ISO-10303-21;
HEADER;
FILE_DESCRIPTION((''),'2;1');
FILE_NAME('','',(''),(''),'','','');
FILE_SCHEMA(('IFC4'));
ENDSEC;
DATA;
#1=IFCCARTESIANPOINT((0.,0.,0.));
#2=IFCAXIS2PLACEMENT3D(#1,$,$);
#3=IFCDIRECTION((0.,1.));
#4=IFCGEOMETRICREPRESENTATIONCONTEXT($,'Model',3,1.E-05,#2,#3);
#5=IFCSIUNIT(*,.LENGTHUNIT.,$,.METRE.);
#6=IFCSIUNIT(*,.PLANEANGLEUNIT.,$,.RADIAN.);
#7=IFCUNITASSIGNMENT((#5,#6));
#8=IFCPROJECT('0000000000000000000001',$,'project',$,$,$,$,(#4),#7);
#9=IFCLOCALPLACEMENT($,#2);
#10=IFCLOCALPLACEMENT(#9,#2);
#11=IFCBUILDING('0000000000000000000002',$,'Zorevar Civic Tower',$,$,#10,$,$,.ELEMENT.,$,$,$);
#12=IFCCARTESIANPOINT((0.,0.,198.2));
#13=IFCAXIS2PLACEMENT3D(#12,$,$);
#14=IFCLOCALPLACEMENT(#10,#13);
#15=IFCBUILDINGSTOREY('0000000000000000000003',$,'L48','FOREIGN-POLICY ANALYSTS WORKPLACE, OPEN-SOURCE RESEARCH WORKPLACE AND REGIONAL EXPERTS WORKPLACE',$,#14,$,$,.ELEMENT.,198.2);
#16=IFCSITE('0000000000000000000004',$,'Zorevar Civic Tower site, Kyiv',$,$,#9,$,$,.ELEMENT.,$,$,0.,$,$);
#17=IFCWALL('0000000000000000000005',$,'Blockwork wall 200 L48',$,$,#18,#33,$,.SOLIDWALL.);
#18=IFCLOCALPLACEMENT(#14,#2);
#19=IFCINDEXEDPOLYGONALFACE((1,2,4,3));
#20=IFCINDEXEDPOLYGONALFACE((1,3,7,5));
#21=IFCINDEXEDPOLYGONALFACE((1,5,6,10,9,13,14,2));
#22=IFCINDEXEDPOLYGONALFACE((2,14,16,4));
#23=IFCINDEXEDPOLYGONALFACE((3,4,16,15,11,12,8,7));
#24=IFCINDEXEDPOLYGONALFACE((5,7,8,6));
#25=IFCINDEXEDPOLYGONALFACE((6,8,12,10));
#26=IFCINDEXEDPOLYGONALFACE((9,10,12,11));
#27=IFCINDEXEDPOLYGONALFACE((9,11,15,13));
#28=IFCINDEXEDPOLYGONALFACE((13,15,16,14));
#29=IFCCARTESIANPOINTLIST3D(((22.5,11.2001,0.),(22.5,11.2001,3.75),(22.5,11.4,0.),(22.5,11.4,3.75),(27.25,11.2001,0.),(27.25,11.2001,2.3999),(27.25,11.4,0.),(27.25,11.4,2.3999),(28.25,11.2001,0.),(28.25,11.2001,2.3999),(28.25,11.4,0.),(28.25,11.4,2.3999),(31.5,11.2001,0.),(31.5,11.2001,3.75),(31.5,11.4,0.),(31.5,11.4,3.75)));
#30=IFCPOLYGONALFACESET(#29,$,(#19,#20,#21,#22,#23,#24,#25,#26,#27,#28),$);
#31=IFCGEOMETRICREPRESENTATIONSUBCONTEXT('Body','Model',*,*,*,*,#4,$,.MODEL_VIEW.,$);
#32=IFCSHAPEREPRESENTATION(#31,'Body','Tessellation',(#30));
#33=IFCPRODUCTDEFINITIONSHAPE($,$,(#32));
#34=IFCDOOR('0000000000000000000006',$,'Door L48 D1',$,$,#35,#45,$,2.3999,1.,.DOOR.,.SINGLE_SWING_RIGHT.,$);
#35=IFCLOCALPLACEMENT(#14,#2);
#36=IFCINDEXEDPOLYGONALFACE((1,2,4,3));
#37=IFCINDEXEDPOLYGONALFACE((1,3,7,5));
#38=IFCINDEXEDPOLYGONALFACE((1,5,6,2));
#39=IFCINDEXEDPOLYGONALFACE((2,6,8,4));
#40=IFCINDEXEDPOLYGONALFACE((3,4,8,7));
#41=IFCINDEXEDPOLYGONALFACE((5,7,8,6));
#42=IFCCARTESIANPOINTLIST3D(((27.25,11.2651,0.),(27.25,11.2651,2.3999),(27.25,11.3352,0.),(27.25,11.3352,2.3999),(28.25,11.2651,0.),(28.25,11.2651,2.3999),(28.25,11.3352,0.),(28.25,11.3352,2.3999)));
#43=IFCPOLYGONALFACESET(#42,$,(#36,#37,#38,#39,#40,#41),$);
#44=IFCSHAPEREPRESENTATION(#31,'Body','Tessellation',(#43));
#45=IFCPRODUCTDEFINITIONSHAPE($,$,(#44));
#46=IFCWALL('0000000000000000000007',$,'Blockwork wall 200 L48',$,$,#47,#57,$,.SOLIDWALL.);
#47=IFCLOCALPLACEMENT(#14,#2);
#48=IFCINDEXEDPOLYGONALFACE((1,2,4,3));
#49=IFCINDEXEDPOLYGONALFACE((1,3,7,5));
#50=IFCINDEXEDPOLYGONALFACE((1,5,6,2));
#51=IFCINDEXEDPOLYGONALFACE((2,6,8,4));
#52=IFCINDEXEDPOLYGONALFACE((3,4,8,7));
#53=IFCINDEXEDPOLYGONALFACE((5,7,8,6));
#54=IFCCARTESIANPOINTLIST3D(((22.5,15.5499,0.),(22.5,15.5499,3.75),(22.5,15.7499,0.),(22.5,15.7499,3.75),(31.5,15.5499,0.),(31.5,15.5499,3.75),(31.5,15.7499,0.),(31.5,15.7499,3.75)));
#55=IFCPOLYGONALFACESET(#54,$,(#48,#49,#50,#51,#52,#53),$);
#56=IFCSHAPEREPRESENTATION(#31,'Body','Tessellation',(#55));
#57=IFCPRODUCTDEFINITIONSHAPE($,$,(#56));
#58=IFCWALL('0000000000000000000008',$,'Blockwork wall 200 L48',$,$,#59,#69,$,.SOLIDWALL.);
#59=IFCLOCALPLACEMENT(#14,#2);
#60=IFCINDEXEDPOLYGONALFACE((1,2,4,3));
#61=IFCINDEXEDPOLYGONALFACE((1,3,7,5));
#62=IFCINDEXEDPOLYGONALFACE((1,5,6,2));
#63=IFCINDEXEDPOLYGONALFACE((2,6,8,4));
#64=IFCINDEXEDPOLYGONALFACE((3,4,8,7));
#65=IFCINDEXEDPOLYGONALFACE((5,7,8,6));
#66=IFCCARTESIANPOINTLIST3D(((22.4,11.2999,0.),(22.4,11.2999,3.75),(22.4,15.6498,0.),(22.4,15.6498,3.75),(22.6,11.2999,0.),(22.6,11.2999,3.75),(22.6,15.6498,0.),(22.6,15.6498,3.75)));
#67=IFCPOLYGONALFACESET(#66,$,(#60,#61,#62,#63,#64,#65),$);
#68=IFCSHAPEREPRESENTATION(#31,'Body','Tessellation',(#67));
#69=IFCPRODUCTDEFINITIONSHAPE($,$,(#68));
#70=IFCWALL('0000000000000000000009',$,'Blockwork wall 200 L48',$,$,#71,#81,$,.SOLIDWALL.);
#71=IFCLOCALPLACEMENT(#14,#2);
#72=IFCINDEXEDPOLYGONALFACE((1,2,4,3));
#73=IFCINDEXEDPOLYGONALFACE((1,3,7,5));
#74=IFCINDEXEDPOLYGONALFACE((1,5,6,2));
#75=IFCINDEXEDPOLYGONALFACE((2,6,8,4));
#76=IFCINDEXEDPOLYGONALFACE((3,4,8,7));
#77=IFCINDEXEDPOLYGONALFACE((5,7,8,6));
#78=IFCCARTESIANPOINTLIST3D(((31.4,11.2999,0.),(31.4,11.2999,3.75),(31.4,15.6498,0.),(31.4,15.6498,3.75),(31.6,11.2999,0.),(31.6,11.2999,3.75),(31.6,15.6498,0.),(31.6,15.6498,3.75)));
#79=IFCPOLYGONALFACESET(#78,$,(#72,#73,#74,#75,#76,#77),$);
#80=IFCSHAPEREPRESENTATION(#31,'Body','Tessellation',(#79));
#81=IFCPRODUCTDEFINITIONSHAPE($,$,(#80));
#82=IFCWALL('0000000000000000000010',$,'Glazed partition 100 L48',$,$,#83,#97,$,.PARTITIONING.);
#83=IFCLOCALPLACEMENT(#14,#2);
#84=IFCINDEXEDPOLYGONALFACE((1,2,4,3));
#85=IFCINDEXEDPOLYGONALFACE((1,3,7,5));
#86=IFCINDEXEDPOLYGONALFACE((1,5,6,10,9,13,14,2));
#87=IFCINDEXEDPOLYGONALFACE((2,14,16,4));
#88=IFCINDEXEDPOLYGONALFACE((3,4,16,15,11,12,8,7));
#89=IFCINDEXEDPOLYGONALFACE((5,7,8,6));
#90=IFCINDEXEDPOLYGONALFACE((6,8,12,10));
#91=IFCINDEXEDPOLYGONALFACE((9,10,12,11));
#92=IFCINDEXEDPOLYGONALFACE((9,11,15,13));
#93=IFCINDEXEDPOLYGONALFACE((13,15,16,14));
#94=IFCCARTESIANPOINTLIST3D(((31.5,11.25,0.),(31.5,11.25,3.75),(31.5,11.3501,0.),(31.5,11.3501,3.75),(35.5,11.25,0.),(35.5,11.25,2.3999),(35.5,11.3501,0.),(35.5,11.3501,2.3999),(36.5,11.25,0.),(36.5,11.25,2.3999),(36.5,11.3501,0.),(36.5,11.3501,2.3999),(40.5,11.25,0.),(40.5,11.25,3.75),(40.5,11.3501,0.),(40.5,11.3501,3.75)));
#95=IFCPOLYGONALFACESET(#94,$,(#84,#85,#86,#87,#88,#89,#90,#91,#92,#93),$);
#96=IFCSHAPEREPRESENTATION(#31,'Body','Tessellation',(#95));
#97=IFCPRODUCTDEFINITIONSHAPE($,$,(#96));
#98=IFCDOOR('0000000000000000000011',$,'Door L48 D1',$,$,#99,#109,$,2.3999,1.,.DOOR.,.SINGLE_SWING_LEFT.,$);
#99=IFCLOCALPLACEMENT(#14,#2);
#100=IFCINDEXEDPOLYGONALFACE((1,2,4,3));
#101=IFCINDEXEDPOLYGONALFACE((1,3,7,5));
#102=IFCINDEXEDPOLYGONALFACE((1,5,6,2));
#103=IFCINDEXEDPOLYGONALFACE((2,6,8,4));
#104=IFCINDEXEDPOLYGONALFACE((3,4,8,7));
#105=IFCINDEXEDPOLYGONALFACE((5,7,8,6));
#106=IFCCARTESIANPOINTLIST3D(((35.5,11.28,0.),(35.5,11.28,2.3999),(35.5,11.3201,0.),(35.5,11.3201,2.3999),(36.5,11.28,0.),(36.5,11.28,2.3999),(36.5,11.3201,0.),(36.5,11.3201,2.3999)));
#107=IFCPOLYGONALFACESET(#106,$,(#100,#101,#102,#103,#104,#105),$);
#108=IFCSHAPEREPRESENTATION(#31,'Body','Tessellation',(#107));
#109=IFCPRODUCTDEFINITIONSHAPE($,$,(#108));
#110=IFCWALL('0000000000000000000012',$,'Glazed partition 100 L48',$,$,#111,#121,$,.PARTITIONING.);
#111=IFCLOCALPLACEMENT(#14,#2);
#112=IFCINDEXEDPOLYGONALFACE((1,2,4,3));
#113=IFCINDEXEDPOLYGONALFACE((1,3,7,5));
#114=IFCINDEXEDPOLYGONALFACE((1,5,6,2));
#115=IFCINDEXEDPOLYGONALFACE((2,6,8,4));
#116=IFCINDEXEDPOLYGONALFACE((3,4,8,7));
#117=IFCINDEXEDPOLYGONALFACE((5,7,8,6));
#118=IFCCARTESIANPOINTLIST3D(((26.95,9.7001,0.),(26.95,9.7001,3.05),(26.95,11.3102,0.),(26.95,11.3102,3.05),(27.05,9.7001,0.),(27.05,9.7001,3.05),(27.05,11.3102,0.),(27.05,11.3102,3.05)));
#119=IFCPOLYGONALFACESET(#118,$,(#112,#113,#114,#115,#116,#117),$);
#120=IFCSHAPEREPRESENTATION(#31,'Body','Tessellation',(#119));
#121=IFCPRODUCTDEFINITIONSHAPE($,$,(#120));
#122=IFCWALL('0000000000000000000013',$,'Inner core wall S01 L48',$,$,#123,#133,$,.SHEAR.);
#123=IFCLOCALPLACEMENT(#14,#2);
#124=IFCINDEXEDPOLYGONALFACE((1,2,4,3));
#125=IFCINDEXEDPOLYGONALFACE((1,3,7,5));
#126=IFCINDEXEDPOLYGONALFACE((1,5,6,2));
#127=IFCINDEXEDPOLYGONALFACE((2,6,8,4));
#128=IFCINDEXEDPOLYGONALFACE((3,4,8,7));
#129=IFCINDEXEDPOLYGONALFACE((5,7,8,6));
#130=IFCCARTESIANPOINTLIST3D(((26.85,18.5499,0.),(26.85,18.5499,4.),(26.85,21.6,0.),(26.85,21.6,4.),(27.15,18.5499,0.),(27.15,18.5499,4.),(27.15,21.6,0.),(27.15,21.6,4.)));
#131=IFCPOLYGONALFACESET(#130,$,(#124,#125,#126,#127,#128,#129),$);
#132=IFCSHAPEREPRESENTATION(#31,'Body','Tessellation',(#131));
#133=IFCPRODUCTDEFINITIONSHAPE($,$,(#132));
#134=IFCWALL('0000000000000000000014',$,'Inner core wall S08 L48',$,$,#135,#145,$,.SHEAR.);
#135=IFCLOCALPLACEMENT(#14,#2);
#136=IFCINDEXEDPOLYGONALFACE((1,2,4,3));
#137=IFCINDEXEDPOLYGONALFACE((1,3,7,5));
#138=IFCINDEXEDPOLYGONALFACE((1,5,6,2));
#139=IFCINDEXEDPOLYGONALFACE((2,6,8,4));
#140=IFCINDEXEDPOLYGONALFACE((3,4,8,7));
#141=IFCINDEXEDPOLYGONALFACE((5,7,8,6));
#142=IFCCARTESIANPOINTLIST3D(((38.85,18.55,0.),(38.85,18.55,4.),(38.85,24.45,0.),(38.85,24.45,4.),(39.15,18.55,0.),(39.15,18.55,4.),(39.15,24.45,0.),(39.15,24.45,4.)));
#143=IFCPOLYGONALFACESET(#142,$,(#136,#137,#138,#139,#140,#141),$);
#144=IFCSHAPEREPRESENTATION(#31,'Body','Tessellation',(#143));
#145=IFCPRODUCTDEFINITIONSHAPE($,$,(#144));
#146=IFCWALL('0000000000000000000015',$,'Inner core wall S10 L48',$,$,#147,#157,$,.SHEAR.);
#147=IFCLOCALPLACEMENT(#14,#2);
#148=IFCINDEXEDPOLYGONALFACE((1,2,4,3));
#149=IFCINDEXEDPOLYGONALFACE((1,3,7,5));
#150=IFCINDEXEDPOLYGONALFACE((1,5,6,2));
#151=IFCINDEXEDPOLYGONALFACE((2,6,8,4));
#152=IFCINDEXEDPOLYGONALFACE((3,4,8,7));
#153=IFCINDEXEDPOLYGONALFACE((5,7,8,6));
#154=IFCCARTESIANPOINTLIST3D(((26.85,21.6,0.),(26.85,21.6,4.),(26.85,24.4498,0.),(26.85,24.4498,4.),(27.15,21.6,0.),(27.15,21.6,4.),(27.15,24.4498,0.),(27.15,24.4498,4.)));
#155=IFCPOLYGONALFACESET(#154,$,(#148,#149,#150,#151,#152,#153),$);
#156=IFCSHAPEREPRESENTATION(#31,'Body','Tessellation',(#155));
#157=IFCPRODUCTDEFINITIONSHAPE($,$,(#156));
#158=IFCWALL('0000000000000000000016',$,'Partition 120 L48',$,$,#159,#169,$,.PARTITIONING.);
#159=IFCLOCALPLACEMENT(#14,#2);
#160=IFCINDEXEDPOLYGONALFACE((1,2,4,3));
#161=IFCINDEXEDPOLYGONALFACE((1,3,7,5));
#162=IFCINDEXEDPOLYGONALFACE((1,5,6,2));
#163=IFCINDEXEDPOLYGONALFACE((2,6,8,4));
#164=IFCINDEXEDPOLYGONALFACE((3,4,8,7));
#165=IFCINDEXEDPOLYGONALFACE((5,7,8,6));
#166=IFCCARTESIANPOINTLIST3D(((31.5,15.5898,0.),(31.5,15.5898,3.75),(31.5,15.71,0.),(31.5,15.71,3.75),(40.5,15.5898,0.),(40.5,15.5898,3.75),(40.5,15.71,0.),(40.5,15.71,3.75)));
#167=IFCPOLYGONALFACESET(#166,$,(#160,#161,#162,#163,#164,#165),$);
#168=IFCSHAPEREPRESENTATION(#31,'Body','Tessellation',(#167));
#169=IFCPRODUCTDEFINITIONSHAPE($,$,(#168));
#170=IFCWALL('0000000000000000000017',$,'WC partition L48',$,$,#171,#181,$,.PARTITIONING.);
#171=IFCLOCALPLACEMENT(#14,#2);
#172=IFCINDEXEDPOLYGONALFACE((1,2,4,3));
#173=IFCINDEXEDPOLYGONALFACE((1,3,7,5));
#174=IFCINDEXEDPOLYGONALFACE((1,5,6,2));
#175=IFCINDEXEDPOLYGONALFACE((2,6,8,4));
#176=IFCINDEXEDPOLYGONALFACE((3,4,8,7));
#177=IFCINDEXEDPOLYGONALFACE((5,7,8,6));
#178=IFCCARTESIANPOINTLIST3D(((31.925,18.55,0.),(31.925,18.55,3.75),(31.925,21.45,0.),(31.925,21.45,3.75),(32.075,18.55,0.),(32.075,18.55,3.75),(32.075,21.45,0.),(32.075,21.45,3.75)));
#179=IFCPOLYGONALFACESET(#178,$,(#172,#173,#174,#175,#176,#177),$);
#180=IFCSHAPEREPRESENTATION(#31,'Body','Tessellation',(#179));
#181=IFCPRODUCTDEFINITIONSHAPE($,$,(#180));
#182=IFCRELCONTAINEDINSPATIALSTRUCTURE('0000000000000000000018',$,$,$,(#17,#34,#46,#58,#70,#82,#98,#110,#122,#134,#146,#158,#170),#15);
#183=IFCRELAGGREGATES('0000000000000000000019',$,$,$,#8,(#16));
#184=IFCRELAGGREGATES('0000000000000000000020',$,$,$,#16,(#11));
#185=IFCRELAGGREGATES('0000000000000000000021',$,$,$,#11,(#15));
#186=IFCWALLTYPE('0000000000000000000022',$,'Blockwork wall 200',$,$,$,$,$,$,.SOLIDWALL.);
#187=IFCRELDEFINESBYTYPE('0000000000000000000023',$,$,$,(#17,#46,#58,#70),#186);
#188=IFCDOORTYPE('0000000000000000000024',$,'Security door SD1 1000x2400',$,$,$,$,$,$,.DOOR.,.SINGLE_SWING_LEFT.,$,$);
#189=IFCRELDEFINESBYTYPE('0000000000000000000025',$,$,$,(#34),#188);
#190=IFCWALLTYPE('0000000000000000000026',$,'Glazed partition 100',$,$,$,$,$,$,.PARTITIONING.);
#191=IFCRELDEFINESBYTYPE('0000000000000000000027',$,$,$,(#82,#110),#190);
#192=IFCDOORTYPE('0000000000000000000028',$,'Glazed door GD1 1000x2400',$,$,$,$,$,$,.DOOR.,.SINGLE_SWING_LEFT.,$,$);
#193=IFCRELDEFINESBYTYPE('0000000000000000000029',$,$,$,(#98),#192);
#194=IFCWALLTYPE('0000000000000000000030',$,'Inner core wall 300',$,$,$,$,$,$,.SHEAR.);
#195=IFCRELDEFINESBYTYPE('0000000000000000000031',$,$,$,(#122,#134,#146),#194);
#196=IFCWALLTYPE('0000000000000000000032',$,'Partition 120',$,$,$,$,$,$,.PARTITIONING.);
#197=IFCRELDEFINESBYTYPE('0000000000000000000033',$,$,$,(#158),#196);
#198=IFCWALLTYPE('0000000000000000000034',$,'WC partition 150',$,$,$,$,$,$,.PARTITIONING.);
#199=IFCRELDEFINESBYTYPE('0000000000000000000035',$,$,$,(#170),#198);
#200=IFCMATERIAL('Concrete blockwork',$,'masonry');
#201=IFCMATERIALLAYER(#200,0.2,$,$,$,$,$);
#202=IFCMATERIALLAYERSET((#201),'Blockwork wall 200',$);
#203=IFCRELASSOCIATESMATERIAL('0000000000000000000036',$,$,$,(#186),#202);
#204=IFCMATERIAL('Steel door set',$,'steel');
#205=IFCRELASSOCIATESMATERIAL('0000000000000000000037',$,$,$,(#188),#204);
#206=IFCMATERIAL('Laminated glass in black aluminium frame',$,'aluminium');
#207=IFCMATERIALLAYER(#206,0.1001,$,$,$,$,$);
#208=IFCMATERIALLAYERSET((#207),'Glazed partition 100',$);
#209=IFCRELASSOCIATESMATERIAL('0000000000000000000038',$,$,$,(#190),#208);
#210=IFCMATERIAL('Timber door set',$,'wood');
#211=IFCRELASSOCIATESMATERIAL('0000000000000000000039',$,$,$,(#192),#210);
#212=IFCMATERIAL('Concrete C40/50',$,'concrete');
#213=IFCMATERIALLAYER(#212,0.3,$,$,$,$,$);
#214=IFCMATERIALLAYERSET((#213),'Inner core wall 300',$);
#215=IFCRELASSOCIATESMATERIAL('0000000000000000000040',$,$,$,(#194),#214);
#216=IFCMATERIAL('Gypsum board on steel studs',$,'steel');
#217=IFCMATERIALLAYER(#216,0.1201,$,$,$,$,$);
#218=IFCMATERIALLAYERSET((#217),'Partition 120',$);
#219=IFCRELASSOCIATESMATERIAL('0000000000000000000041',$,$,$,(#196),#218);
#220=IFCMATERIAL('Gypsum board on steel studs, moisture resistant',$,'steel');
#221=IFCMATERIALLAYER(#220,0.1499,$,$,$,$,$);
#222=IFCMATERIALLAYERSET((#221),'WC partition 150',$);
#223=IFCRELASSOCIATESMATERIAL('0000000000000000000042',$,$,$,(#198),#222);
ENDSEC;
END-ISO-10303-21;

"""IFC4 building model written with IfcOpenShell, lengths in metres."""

from ifc_helpers import new_model, si_unit, direction, frame, frame_2d, origin, place, context, subcontext, project, spatial, rectangle, extrude, material, layer, layer_set, type_object, element, fill, save


model = new_model("IFC4")

# Units and contexts
model_context = context("Model", 3, precision=1e-05, world=origin(), true_north=direction((0.0, 1.0)))
body_context = subcontext(model_context, "Body", "Model", "MODEL_VIEW")
ifc_project = project(units=[si_unit("LENGTHUNIT", "METRE"), si_unit("PLANEANGLEUNIT", "RADIAN")], contexts=[model_context])

# Site, building, storey
site_placement = place(None, origin())
site = spatial("IfcSite", under=ifc_project, at=site_placement, Name="Zorevar Civic Tower site, Kyiv", CompositionType="ELEMENT", RefElevation=0.0)
building_placement = place(site_placement, origin())
building = spatial("IfcBuilding", under=site, at=building_placement, Name="Zorevar Civic Tower", CompositionType="ELEMENT")
storey_placement = place(building_placement, frame((0.0, 0.0, 198.2)))
storey = spatial("IfcBuildingStorey", under=building, at=storey_placement, Name="L48", Description="FOREIGN-POLICY ANALYSTS WORKPLACE, OPEN-SOURCE RESEARCH WORKPLACE AND REGIONAL EXPERTS WORKPLACE", CompositionType="ELEMENT", Elevation=198.2)

# Wall, opening, door
ifc_material_1 = material(Name="Concrete blockwork", Category="masonry")
ifc_layer_1 = layer(ifc_material_1, 0.2)
ifc_layer_set_1 = layer_set([ifc_layer_1], Name="Blockwork wall 200")
wall_type_1 = type_object("IfcWallType", Name="Blockwork wall 200", PredefinedType="SOLIDWALL", material=ifc_layer_set_1)
wall_1_placement = place(storey_placement, frame((22.5, 11.3, 0.0), z_axis=(0.0, 0.0, 1.0), x_axis=(1.0, 0.0, 0.0)))
wall_1 = element("IfcWall", 1, at=wall_1_placement, inside=storey, type_object=wall_type_1, Name="Blockwork wall 200 L48", PredefinedType="SOLIDWALL", context=body_context, shape_type="SweptSolid", body=[
    extrude(rectangle(XDim=9.0, YDim=0.2, at=frame_2d((4.5, 0.0))), origin(), (0.0, 0.0, 1.0), 3.75),
])
opening_1_placement = place(wall_1_placement, frame((4.75, 0.0, 0.0)))
opening_1 = element("IfcOpeningElement", 2, at=opening_1_placement, cuts=wall_1, PredefinedType="OPENING", context=body_context, shape_type="SweptSolid", body=[
    extrude(rectangle(XDim=1.0, YDim=2.3999, at=frame_2d((0.5, 1.2))), frame((0.0, 0.1099, 0.0), z_axis=(0.0, -1.0, 0.0), x_axis=(1.0, 0.0, 0.0)), (0.0, 0.0, 1.0), 0.22),
])
ifc_material_2 = material(Name="Steel door set", Category="steel")
door_type_1 = type_object("IfcDoorType", Name="Security door SD1 1000x2400", OperationType="SINGLE_SWING_LEFT", PredefinedType="DOOR", material=ifc_material_2)
door_1_placement = place(opening_1_placement, origin())
door_1 = element("IfcDoor", 3, at=door_1_placement, inside=storey, type_object=door_type_1, Name="Door L48 D1", OperationType="SINGLE_SWING_RIGHT", OverallHeight=2.3999, OverallWidth=1.0, PredefinedType="DOOR", context=body_context, shape_type="SweptSolid", body=[
    extrude(rectangle(XDim=1.0, YDim=2.3999, at=frame_2d((0.5, 1.2))), frame((0.0, 0.0352, 0.0), z_axis=(0.0, -1.0, 0.0), x_axis=(1.0, 0.0, 0.0)), (0.0, 0.0, 1.0), 0.0701),
])
fill(opening_1, door_1)

# Walls
wall_2_placement = place(storey_placement, frame((22.5, 15.6499, 0.0), z_axis=(0.0, 0.0, 1.0), x_axis=(1.0, 0.0, 0.0)))
element("IfcWall", 4, at=wall_2_placement, inside=storey, type_object=wall_type_1, Name="Blockwork wall 200 L48", PredefinedType="SOLIDWALL", context=body_context, shape_type="SweptSolid", body=[
    extrude(rectangle(XDim=9.0, YDim=0.2, at=frame_2d((4.5, 0.0))), origin(), (0.0, 0.0, 1.0), 3.75),
])
for number, where, z_axis, x_axis, name in (
    (5, (22.5, 11.3, 0.0), (0.0, 0.0, 1.0), (0.0, 1.0, 0.0), "Blockwork wall 200 L48"),
    (6, (31.5, 11.3, 0.0), (0.0, 0.0, 1.0), (0.0, 1.0, 0.0), "Blockwork wall 200 L48"),
):
    element("IfcWall", number, at=place(storey_placement, frame(where, z_axis=z_axis, x_axis=x_axis)), inside=storey, type_object=wall_type_1, Name=name, PredefinedType="SOLIDWALL", context=body_context, shape_type="SweptSolid", body=[
        extrude(rectangle(XDim=4.3499, YDim=0.2, at=frame_2d((2.1748, 0.0))), origin(), (0.0, 0.0, 1.0), 3.75),
    ])

# Wall, opening, door
ifc_material_3 = material(Name="Laminated glass in black aluminium frame", Category="aluminium")
ifc_layer_2 = layer(ifc_material_3, 0.1001)
ifc_layer_set_2 = layer_set([ifc_layer_2], Name="Glazed partition 100")
wall_type_2 = type_object("IfcWallType", Name="Glazed partition 100", PredefinedType="PARTITIONING", material=ifc_layer_set_2)
wall_3_placement = place(storey_placement, frame((31.5, 11.3, 0.0), z_axis=(0.0, 0.0, 1.0), x_axis=(1.0, 0.0, 0.0)))
wall_3 = element("IfcWall", 7, at=wall_3_placement, inside=storey, type_object=wall_type_2, Name="Glazed partition 100 L48", PredefinedType="PARTITIONING", context=body_context, shape_type="SweptSolid", body=[
    extrude(rectangle(XDim=9.0, YDim=0.1001, at=frame_2d((4.5, 0.0))), origin(), (0.0, 0.0, 1.0), 3.75),
])
opening_2_placement = place(wall_3_placement, frame((4.0, 0.0, 0.0)))
opening_2 = element("IfcOpeningElement", 8, at=opening_2_placement, cuts=wall_3, PredefinedType="OPENING", context=body_context, shape_type="SweptSolid", body=[
    extrude(rectangle(XDim=1.0, YDim=2.3999, at=frame_2d((0.5, 1.2))), frame((0.0, 0.0601, 0.0), z_axis=(0.0, -1.0, 0.0), x_axis=(1.0, 0.0, 0.0)), (0.0, 0.0, 1.0), 0.1201),
])
ifc_material_4 = material(Name="Timber door set", Category="wood")
door_type_2 = type_object("IfcDoorType", Name="Glazed door GD1 1000x2400", OperationType="SINGLE_SWING_LEFT", PredefinedType="DOOR", material=ifc_material_4)
door_2_placement = place(opening_2_placement, origin())
door_2 = element("IfcDoor", 9, at=door_2_placement, inside=storey, type_object=door_type_2, Name="Door L48 D1", OperationType="SINGLE_SWING_LEFT", OverallHeight=2.3999, OverallWidth=1.0, PredefinedType="DOOR", context=body_context, shape_type="SweptSolid", body=[
    extrude(rectangle(XDim=1.0, YDim=2.3999, at=frame_2d((0.5, 1.2))), frame((0.0, 0.02, 0.0), z_axis=(0.0, -1.0, 0.0), x_axis=(1.0, 0.0, 0.0)), (0.0, 0.0, 1.0), 0.04),
])
fill(opening_2, door_2)

# Walls
wall_4_placement = place(storey_placement, frame((27.0, 9.7, 0.0), z_axis=(0.0, 0.0, 1.0), x_axis=(0.0, 1.0, 0.0)))
element("IfcWall", 10, at=wall_4_placement, inside=storey, type_object=wall_type_2, Name="Glazed partition 100 L48", PredefinedType="PARTITIONING", context=body_context, shape_type="SweptSolid", body=[
    extrude(rectangle(XDim=1.6101, YDim=0.1001, at=frame_2d((0.8052, 0.0))), origin(), (0.0, 0.0, 1.0), 3.05),
])
ifc_material_5 = material(Name="Concrete C40/50", Category="concrete")
ifc_layer_3 = layer(ifc_material_5, 0.3)
ifc_layer_set_3 = layer_set([ifc_layer_3], Name="Inner core wall 300")
wall_type_3 = type_object("IfcWallType", Name="Inner core wall 300", PredefinedType="SHEAR", material=ifc_layer_set_3)
wall_5_placement = place(storey_placement, frame((27.0, 18.55, 0.0), z_axis=(0.0, 0.0, 1.0), x_axis=(0.0, 1.0, 0.0)))
element("IfcWall", 11, at=wall_5_placement, inside=storey, type_object=wall_type_3, Name="Inner core wall S01 L48", PredefinedType="SHEAR", context=body_context, shape_type="SweptSolid", body=[
    extrude(rectangle(XDim=3.05, YDim=0.3, at=frame_2d((1.5249, 0.0))), origin(), (0.0, 0.0, 1.0), 4.0),
])
wall_6_placement = place(storey_placement, frame((39.0, 18.55, 0.0), z_axis=(0.0, 0.0, 1.0), x_axis=(0.0, 1.0, 0.0)))
element("IfcWall", 12, at=wall_6_placement, inside=storey, type_object=wall_type_3, Name="Inner core wall S08 L48", PredefinedType="SHEAR", context=body_context, shape_type="SweptSolid", body=[
    extrude(rectangle(XDim=5.8999, YDim=0.3, at=frame_2d((2.95, 0.0))), origin(), (0.0, 0.0, 1.0), 4.0),
])
wall_7_placement = place(storey_placement, frame((27.0, 21.6001, 0.0), z_axis=(0.0, 0.0, 1.0), x_axis=(0.0, 1.0, 0.0)))
element("IfcWall", 13, at=wall_7_placement, inside=storey, type_object=wall_type_3, Name="Inner core wall S10 L48", PredefinedType="SHEAR", context=body_context, shape_type="SweptSolid", body=[
    extrude(rectangle(XDim=2.8499, YDim=0.3, at=frame_2d((1.4248, 0.0))), origin(), (0.0, 0.0, 1.0), 4.0),
])
ifc_material_6 = material(Name="Gypsum board on steel studs", Category="steel")
ifc_layer_4 = layer(ifc_material_6, 0.1201)
ifc_layer_set_4 = layer_set([ifc_layer_4], Name="Partition 120")
wall_type_4 = type_object("IfcWallType", Name="Partition 120", PredefinedType="PARTITIONING", material=ifc_layer_set_4)
wall_8_placement = place(storey_placement, frame((31.5, 15.6499, 0.0), z_axis=(0.0, 0.0, 1.0), x_axis=(1.0, 0.0, 0.0)))
element("IfcWall", 14, at=wall_8_placement, inside=storey, type_object=wall_type_4, Name="Partition 120 L48", PredefinedType="PARTITIONING", context=body_context, shape_type="SweptSolid", body=[
    extrude(rectangle(XDim=9.0, YDim=0.1201, at=frame_2d((4.5, 0.0))), origin(), (0.0, 0.0, 1.0), 3.75),
])
ifc_material_7 = material(Name="Gypsum board on steel studs, moisture resistant", Category="steel")
ifc_layer_5 = layer(ifc_material_7, 0.1499)
ifc_layer_set_5 = layer_set([ifc_layer_5], Name="WC partition 150")
wall_type_5 = type_object("IfcWallType", Name="WC partition 150", PredefinedType="PARTITIONING", material=ifc_layer_set_5)
for number, where, z_axis, x_axis, name in (
    (15, (32.0, 18.55, 0.0), (0.0, 0.0, 1.0), (0.0, 1.0, 0.0), "WC partition L48"),
):
    element("IfcWall", number, at=place(storey_placement, frame(where, z_axis=z_axis, x_axis=x_axis)), inside=storey, type_object=wall_type_5, Name=name, PredefinedType="PARTITIONING", context=body_context, shape_type="SweptSolid", body=[
        extrude(rectangle(XDim=2.8999, YDim=0.1499, at=frame_2d((1.45, 0.0))), origin(), (0.0, 0.0, 1.0), 3.75),
    ])

save(model, "model.ifc")
